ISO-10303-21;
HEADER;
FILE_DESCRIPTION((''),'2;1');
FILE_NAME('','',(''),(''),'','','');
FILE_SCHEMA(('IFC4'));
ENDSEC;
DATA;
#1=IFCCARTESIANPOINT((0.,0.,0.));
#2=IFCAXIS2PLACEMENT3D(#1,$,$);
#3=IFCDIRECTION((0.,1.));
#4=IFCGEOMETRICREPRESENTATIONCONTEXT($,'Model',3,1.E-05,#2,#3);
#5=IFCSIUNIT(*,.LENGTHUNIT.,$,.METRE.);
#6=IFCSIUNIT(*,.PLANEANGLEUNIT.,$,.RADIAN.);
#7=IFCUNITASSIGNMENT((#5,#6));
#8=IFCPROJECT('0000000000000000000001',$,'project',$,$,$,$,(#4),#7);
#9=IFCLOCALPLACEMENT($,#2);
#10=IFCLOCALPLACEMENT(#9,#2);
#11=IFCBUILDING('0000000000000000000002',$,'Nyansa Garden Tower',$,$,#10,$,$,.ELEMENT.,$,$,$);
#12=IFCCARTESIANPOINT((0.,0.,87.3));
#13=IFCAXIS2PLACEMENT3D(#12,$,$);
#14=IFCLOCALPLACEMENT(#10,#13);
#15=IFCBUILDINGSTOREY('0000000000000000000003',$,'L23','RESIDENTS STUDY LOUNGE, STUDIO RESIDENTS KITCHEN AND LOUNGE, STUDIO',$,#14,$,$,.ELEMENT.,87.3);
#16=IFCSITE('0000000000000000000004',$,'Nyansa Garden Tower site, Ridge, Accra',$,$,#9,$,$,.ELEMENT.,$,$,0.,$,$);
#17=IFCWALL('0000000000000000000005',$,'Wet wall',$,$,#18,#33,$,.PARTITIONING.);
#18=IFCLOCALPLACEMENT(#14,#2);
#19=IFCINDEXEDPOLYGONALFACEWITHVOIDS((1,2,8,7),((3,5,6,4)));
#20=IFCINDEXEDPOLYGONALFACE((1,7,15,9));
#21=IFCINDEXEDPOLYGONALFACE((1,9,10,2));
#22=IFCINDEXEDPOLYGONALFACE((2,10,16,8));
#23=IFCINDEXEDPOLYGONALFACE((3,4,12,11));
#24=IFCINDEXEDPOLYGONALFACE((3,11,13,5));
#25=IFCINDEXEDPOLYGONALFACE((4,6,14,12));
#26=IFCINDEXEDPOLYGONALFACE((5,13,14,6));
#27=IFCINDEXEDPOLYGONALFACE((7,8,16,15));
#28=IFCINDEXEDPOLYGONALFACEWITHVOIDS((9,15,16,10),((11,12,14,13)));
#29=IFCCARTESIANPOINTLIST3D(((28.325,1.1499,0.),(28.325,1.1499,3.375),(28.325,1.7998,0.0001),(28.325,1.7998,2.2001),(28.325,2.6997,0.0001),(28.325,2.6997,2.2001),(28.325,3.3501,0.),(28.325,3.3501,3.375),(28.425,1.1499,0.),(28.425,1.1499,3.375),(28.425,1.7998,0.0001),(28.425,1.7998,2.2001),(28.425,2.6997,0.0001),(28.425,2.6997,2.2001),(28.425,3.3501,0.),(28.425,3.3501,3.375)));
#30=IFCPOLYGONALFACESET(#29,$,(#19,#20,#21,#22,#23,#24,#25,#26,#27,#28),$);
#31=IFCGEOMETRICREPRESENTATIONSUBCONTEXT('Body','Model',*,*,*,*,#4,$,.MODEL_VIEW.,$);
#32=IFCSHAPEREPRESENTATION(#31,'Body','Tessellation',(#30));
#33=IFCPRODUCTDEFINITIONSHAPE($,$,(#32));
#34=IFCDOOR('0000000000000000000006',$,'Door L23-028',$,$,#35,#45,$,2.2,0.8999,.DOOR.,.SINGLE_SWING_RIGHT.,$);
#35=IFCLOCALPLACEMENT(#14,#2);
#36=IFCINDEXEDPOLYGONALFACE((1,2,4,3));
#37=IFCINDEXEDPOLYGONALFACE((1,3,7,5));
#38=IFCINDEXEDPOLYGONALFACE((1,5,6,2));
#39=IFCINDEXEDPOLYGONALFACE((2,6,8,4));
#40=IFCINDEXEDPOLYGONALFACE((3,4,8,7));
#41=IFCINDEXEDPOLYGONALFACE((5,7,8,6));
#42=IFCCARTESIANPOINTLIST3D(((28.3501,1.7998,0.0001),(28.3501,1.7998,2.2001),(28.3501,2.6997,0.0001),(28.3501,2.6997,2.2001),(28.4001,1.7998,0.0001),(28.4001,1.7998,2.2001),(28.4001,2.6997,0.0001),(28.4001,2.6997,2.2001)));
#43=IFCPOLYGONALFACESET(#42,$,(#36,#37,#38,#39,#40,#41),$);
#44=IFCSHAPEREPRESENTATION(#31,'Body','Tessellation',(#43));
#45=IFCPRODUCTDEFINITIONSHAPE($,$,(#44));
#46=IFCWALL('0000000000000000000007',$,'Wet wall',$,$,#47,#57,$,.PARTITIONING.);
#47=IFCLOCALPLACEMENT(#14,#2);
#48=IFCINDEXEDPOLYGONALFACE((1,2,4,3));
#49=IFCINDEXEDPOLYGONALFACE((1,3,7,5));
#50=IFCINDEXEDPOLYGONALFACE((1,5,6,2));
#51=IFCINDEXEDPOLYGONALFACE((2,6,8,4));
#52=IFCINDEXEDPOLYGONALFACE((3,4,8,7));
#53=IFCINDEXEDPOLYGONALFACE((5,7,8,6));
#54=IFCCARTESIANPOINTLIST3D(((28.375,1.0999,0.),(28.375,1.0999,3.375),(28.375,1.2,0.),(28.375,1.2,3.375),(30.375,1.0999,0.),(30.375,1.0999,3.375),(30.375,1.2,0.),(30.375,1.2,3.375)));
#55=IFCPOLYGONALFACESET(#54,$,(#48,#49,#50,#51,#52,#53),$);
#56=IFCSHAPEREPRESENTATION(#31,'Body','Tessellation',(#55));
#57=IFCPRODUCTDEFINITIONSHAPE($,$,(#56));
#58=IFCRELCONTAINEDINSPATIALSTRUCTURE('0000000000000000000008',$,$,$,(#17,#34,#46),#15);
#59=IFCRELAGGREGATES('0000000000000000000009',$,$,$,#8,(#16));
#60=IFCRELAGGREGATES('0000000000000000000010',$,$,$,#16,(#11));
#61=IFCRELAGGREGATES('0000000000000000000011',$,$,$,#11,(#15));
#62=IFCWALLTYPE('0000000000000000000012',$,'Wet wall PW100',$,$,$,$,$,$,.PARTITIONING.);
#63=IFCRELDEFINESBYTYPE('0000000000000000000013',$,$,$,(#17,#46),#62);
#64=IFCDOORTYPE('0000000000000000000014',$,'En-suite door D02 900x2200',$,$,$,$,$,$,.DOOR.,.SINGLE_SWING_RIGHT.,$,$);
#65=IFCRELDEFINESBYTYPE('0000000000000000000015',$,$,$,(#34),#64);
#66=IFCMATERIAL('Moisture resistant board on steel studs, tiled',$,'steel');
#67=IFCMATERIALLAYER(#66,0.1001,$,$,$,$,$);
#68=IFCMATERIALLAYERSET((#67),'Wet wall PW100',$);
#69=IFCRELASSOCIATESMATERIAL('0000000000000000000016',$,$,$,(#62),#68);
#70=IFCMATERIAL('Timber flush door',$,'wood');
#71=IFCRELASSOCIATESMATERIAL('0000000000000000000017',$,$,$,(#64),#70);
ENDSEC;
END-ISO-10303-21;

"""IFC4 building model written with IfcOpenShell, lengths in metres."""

from ifc_helpers import new_model, si_unit, direction, frame, frame_2d, origin, place, context, subcontext, project, spatial, rectangle, extrude, material, layer, layer_set, type_object, element, fill, save


model = new_model("IFC4")

# Units and contexts
model_context = context("Model", 3, precision=1e-05, world=origin(), true_north=direction((0.0, 1.0)))
body_context = subcontext(model_context, "Body", "Model", "MODEL_VIEW")
ifc_project = project(units=[si_unit("LENGTHUNIT", "METRE"), si_unit("PLANEANGLEUNIT", "RADIAN")], contexts=[model_context])

# Site, building, storey
site_placement = place(None, origin())
site = spatial("IfcSite", under=ifc_project, at=site_placement, Name="Nyansa Garden Tower site, Ridge, Accra", CompositionType="ELEMENT", RefElevation=0.0)
building_placement = place(site_placement, origin())
building = spatial("IfcBuilding", under=site, at=building_placement, Name="Nyansa Garden Tower", CompositionType="ELEMENT")
storey_placement = place(building_placement, frame((0.0, 0.0, 87.3)))
storey = spatial("IfcBuildingStorey", under=building, at=storey_placement, Name="L23", Description="RESIDENTS STUDY LOUNGE, STUDIO RESIDENTS KITCHEN AND LOUNGE, STUDIO", CompositionType="ELEMENT", Elevation=87.3)

# Wall, opening, door
ifc_material_1 = material(Name="Moisture resistant board on steel studs, tiled", Category="steel")
ifc_layer_1 = layer(ifc_material_1, 0.1001)
ifc_layer_set_1 = layer_set([ifc_layer_1], Name="Wet wall PW100")
wall_type_1 = type_object("IfcWallType", Name="Wet wall PW100", PredefinedType="PARTITIONING", material=ifc_layer_set_1)
wall_1_placement = place(storey_placement, frame((28.375, 1.1499, 0.0), z_axis=(0.0, 0.0, 1.0), x_axis=(0.0, 1.0, 0.0)))
wall_1 = element("IfcWall", 1, at=wall_1_placement, inside=storey, type_object=wall_type_1, Name="Wet wall", PredefinedType="PARTITIONING", context=body_context, shape_type="SweptSolid", body=[
    extrude(rectangle(XDim=2.2002, YDim=0.1001, at=frame_2d((1.1001, 0.0))), origin(), (0.0, 0.0, 1.0), 3.375),
])
opening_1_placement = place(wall_1_placement, frame((0.6499, 0.0, 0.0)))
opening_1 = element("IfcOpeningElement", 2, at=opening_1_placement, cuts=wall_1, PredefinedType="OPENING", context=body_context, shape_type="SweptSolid", body=[
    extrude(rectangle(XDim=0.8999, YDim=2.2, at=frame_2d((0.45, 1.1001))), frame((0.0, 0.0601, 0.0), z_axis=(0.0, -1.0, 0.0), x_axis=(1.0, 0.0, 0.0)), (0.0, 0.0, 1.0), 0.1201),
])
ifc_material_2 = material(Name="Timber flush door", Category="wood")
door_type_1 = type_object("IfcDoorType", Name="En-suite door D02 900x2200", OperationType="SINGLE_SWING_RIGHT", PredefinedType="DOOR", material=ifc_material_2)
door_1_placement = place(opening_1_placement, origin())
door_1 = element("IfcDoor", 3, at=door_1_placement, inside=storey, type_object=door_type_1, Name="Door L23-028", OperationType="SINGLE_SWING_RIGHT", OverallHeight=2.2, OverallWidth=0.8999, PredefinedType="DOOR", context=body_context, shape_type="SweptSolid", body=[
    extrude(rectangle(XDim=0.8999, YDim=2.2, at=frame_2d((0.45, 1.1001))), frame((0.0, 0.0249, 0.0), z_axis=(0.0, -1.0, 0.0), x_axis=(1.0, 0.0, 0.0)), (0.0, 0.0, 1.0), 0.05),
])
fill(opening_1, door_1)

# Wall
wall_2_placement = place(storey_placement, frame((28.375, 1.1499, 0.0), z_axis=(0.0, 0.0, 1.0), x_axis=(1.0, 0.0, 0.0)))
element("IfcWall", 4, at=wall_2_placement, inside=storey, type_object=wall_type_1, Name="Wet wall", PredefinedType="PARTITIONING", context=body_context, shape_type="SweptSolid", body=[
    extrude(rectangle(XDim=2.0, YDim=0.1001, at=frame_2d((1.0, 0.0))), origin(), (0.0, 0.0, 1.0), 3.375),
])

save(model, "model.ifc")
